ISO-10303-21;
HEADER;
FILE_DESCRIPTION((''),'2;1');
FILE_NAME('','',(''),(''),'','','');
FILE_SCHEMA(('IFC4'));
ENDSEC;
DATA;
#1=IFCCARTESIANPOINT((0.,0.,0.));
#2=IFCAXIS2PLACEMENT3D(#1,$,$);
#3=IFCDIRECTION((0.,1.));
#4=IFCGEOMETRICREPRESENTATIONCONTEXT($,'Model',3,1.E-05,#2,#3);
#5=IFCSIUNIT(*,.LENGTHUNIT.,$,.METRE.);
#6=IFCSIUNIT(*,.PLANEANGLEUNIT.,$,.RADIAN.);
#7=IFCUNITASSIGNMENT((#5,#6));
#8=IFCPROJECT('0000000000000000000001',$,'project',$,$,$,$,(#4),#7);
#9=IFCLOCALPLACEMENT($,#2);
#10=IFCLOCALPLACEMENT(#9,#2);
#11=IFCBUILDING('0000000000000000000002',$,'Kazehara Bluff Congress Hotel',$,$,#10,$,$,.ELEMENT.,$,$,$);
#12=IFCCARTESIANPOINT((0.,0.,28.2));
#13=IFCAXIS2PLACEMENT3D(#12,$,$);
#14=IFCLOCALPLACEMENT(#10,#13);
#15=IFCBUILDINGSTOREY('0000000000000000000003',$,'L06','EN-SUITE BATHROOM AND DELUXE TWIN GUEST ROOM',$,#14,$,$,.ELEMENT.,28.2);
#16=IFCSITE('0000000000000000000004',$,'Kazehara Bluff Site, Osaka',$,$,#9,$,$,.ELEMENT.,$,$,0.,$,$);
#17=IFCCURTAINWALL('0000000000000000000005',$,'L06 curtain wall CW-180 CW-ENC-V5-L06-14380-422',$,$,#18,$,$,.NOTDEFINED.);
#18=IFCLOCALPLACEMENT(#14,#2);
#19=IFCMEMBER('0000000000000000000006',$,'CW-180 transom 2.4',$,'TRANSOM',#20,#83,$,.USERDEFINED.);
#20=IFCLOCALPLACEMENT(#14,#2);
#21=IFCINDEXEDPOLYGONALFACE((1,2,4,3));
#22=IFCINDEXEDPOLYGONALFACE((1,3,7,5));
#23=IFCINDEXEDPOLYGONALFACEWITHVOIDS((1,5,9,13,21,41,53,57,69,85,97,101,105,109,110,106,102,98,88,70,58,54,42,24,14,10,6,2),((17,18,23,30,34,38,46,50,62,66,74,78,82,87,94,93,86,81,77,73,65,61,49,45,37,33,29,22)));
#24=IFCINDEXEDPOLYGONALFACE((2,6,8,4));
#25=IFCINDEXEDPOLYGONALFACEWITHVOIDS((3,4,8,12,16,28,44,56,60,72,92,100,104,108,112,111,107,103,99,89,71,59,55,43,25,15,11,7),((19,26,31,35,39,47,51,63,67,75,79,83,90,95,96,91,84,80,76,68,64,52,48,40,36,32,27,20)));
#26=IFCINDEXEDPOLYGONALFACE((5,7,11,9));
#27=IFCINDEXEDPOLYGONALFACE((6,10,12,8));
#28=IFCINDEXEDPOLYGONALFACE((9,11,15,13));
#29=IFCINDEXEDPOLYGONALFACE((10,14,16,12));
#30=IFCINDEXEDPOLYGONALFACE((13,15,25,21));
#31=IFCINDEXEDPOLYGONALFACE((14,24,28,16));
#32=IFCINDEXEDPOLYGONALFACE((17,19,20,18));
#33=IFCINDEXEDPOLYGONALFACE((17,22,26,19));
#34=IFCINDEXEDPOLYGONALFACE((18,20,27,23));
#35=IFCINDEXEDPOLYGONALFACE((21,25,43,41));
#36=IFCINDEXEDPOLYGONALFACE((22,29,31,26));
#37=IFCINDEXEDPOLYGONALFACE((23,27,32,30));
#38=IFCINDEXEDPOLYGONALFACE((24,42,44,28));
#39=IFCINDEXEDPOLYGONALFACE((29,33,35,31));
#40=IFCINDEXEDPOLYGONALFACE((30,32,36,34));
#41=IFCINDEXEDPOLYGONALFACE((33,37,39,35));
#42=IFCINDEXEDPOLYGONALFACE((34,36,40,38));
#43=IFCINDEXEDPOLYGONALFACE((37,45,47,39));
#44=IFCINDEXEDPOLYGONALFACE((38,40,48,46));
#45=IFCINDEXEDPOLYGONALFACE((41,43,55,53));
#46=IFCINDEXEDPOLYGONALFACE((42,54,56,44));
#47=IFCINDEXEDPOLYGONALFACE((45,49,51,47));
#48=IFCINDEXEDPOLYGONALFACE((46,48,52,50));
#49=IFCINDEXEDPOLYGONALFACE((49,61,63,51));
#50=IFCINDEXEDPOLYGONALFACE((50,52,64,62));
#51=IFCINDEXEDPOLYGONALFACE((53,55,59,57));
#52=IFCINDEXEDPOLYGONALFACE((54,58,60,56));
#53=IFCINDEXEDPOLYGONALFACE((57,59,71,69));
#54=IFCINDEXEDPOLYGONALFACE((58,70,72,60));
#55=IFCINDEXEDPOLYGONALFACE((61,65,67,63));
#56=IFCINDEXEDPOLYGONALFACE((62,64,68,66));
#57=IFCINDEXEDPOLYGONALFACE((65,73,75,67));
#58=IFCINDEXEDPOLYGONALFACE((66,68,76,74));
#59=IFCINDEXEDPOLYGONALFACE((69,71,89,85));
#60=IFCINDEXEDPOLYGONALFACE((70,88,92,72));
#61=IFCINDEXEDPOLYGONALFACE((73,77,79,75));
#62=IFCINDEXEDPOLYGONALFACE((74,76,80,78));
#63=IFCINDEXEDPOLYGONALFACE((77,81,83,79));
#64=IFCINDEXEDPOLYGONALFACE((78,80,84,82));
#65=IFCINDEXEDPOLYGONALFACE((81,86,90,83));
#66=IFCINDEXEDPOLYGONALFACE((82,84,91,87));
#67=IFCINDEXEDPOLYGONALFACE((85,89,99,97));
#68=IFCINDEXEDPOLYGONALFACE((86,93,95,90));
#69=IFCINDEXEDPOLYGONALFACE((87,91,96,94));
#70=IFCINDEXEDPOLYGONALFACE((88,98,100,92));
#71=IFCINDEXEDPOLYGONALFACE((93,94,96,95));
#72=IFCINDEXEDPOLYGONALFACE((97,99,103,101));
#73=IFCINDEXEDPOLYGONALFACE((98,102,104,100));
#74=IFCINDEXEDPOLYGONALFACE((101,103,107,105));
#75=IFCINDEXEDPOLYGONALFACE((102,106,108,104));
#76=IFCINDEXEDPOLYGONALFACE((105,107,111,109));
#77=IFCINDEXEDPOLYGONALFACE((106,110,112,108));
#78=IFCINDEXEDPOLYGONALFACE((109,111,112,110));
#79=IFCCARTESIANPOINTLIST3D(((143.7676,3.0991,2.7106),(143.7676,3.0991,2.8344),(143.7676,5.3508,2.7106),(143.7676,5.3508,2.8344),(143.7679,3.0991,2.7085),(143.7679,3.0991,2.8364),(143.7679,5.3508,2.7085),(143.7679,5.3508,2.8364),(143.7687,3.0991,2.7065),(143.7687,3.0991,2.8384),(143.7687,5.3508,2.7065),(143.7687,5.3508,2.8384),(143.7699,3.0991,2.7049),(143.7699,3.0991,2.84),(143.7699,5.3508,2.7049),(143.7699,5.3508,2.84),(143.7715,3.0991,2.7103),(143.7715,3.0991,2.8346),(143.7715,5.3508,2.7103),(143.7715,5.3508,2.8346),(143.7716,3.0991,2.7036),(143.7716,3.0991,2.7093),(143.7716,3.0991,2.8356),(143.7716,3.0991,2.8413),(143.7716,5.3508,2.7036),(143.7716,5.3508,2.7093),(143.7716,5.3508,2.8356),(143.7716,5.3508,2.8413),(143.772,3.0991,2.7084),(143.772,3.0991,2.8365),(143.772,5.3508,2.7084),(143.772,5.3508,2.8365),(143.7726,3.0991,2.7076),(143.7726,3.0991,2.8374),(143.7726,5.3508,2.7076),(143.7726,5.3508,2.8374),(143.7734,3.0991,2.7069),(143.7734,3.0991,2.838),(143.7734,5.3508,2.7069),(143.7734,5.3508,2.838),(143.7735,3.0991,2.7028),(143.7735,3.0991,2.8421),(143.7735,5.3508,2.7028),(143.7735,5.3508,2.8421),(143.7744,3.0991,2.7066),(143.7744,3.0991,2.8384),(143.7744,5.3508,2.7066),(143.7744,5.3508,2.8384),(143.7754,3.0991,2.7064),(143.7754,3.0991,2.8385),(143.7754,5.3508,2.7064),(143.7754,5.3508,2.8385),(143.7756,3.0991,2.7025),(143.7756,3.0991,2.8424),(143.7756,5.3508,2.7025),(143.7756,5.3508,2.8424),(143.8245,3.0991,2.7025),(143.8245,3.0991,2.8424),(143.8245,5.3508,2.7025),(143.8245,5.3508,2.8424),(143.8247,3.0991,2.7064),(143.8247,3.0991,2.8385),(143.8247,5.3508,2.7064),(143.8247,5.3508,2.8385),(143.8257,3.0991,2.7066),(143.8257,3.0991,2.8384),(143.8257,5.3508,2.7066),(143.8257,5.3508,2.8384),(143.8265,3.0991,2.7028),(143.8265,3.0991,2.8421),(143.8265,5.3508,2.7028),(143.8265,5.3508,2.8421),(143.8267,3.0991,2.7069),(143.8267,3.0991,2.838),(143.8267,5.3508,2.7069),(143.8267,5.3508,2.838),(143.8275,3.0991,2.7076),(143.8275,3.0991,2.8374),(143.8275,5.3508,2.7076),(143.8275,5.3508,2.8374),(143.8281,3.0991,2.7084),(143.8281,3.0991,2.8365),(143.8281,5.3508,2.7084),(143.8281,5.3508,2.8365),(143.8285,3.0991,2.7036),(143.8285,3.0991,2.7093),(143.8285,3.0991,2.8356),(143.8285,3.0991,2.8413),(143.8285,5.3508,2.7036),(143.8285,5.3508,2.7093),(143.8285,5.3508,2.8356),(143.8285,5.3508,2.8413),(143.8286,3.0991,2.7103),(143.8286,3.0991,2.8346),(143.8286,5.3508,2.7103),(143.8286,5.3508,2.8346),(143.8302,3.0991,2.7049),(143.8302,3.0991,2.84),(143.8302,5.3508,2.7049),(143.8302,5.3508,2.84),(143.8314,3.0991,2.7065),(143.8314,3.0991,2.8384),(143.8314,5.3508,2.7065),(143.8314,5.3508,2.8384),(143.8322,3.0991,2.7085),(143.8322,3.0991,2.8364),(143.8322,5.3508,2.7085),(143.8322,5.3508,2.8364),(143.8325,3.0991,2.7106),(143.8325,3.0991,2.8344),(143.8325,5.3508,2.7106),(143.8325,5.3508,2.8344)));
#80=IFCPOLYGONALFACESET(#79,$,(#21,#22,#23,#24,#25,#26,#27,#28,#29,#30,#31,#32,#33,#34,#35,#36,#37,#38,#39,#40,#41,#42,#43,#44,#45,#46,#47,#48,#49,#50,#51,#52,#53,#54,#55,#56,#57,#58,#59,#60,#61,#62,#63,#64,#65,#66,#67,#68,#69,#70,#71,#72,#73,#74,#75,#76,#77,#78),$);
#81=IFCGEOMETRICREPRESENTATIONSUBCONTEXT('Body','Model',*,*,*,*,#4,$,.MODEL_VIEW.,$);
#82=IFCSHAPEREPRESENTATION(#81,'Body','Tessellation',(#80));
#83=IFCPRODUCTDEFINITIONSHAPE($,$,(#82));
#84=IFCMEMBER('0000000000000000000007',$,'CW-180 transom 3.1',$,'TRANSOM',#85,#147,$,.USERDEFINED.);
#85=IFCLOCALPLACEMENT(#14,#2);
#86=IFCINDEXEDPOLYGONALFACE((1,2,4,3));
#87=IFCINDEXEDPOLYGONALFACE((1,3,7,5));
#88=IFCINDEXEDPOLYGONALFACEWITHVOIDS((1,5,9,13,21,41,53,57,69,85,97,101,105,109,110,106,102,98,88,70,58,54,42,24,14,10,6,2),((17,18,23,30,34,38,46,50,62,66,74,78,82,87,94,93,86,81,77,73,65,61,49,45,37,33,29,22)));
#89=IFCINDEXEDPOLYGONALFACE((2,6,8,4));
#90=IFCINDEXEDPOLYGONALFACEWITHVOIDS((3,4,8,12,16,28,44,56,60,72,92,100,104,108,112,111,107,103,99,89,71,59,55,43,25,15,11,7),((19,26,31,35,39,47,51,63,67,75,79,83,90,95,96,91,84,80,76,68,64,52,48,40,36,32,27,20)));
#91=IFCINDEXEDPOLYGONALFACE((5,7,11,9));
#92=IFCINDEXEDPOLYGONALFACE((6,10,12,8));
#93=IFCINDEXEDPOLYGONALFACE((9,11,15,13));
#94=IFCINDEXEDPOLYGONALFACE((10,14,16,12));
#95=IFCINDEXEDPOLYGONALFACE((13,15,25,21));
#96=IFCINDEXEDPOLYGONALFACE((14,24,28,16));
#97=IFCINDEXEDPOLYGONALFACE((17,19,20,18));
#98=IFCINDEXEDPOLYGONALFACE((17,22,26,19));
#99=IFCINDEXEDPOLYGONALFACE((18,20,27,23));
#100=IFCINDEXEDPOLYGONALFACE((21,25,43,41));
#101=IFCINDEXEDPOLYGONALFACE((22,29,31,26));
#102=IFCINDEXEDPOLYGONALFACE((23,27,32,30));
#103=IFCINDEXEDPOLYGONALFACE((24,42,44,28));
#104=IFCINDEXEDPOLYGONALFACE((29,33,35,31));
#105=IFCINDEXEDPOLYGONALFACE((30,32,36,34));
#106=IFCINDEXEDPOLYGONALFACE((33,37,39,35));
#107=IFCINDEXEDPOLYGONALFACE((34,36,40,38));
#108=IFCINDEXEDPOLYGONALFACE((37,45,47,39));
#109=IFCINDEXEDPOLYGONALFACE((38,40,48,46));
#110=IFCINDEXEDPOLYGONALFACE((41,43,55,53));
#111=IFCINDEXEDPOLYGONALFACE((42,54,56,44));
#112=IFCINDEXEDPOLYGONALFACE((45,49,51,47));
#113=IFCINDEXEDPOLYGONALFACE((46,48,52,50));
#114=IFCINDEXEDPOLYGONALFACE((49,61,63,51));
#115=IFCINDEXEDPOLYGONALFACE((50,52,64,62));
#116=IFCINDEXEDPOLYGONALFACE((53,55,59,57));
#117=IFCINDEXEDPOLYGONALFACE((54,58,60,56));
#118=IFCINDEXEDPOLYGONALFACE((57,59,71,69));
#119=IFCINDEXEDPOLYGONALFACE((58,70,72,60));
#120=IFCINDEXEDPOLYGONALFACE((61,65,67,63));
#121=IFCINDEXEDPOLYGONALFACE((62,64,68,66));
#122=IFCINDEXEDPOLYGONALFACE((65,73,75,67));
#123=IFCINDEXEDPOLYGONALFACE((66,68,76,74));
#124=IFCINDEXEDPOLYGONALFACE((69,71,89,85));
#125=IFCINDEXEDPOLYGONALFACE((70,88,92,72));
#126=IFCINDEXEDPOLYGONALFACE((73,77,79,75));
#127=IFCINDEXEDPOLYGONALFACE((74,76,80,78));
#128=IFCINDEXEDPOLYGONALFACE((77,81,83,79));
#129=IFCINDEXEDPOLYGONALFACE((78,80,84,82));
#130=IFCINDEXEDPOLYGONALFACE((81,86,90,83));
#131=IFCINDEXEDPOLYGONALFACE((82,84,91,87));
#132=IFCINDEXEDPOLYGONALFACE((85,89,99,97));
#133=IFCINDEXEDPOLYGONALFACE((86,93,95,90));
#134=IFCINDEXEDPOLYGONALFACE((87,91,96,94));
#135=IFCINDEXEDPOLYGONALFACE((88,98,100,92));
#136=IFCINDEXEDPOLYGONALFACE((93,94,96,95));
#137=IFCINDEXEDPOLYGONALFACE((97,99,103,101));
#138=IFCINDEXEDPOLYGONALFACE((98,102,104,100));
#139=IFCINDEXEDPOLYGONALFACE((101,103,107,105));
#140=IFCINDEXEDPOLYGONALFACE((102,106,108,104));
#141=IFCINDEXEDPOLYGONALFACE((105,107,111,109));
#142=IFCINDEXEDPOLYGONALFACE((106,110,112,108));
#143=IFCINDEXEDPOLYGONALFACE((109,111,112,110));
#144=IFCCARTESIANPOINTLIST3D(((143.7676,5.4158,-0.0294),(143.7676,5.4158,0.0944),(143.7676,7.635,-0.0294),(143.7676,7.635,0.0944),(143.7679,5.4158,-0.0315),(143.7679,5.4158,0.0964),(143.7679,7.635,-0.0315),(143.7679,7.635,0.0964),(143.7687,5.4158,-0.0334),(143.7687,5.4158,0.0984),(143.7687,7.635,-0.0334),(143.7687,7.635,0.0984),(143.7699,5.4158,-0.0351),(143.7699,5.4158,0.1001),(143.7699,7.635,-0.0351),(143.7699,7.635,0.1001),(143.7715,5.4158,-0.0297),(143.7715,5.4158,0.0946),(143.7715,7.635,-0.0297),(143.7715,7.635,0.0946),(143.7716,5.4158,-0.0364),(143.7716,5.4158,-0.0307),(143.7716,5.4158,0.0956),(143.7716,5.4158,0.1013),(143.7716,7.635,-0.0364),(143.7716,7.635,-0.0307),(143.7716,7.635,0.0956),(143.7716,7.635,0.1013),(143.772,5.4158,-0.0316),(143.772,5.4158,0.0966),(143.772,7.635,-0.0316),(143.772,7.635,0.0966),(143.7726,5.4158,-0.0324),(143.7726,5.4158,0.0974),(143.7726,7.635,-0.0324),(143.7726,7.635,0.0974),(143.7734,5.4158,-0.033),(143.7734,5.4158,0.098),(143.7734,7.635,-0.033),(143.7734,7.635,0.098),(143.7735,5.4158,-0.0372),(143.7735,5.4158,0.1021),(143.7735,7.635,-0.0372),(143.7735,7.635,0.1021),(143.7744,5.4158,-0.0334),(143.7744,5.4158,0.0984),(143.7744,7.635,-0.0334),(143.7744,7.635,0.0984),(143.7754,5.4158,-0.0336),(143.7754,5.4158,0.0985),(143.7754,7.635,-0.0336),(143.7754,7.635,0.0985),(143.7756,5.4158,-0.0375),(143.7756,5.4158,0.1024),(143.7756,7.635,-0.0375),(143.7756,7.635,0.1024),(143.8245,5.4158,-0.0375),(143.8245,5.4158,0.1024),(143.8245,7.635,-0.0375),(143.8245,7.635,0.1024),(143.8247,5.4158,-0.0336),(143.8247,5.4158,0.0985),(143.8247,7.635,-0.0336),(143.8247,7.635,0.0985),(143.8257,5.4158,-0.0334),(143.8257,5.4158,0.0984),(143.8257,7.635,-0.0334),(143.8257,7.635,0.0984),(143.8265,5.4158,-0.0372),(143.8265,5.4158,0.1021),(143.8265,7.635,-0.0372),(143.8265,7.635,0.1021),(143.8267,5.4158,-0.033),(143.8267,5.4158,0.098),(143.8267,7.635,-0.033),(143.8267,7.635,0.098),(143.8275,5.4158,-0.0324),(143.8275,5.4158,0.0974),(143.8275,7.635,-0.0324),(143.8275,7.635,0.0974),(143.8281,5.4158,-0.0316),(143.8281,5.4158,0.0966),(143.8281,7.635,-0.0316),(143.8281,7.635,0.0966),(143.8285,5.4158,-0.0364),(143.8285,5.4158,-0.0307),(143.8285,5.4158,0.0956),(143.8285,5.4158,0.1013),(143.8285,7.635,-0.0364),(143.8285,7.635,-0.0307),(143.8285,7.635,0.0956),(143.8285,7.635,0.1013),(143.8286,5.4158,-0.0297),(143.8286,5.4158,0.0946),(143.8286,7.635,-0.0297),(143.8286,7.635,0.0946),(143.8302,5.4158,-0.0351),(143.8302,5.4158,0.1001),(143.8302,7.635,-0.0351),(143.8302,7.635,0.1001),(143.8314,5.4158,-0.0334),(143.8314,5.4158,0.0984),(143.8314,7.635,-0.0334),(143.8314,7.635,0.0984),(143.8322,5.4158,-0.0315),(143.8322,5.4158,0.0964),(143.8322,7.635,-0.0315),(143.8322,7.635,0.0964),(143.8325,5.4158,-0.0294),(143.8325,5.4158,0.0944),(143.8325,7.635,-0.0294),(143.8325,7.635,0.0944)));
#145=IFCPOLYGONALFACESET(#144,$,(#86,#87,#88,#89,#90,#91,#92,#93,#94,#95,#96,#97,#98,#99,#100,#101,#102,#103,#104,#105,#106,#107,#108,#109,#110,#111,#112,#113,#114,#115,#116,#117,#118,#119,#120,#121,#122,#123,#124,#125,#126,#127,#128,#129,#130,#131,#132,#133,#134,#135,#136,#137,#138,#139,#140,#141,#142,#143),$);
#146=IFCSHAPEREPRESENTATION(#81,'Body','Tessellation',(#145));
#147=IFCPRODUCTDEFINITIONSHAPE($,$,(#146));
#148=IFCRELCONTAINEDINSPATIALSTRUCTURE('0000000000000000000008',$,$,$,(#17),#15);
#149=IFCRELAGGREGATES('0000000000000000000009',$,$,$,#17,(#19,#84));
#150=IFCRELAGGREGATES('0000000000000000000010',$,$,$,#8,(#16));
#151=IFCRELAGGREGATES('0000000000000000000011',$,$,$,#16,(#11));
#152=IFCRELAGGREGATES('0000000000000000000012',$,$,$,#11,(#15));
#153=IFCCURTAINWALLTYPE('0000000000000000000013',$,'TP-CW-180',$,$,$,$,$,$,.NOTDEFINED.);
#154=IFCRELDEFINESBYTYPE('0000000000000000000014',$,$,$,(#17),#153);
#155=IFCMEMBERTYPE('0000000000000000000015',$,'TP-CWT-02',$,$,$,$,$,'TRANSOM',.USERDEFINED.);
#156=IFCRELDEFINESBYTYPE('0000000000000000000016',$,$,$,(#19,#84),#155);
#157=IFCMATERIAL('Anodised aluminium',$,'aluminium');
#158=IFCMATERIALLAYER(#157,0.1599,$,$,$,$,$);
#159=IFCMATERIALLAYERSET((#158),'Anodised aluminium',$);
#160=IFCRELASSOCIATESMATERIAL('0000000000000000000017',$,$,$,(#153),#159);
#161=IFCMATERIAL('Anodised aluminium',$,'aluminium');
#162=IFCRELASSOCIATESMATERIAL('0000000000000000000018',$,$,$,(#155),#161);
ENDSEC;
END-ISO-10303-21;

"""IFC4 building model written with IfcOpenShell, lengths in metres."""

from ifc_helpers import new_model, si_unit, direction, frame, origin, origin_2d, place, context, subcontext, project, spatial, hollow_rectangle, extrude, material, layer, layer_set, material_profile, profile_set, type_object, element, aggregate, save


model = new_model("IFC4")

# Units and contexts
model_context = context("Model", 3, precision=1e-05, world=origin(), true_north=direction((0.0, 1.0)))
body_context = subcontext(model_context, "Body", "Model", "MODEL_VIEW")
ifc_project = project(units=[si_unit("LENGTHUNIT", "METRE"), si_unit("PLANEANGLEUNIT", "RADIAN")], contexts=[model_context])

# Site, building, storey
site_placement = place(None, origin())
site = spatial("IfcSite", under=ifc_project, at=site_placement, Name="Kazehara Bluff Site, Osaka", CompositionType="ELEMENT", RefElevation=0.0)
building_placement = place(site_placement, origin())
building = spatial("IfcBuilding", under=site, at=building_placement, Name="Kazehara Bluff Congress Hotel", CompositionType="ELEMENT")
storey_placement = place(building_placement, frame((0.0, 0.0, 28.2)))
storey = spatial("IfcBuildingStorey", under=building, at=storey_placement, Name="L06", Description="EN-SUITE BATHROOM AND DELUXE TWIN GUEST ROOM", CompositionType="ELEMENT", Elevation=28.2)

# Curtain wall, members
ifc_material_1 = material(Name="Anodised aluminium", Category="aluminium")
ifc_layer_1 = layer(ifc_material_1, 0.1599)
ifc_layer_set_1 = layer_set([ifc_layer_1], Name="Anodised aluminium")
curtain_wall_type = type_object("IfcCurtainWallType", Name="TP-CW-180", PredefinedType="NOTDEFINED", material=ifc_layer_set_1)
curtain_wall_placement = place(storey_placement, origin())
curtain_wall = element("IfcCurtainWall", 1, at=curtain_wall_placement, inside=storey, type_object=curtain_wall_type, Name="L06 curtain wall CW-180 CW-ENC-V5-L06-14380-422", PredefinedType="NOTDEFINED")
ifc_material_2 = material(Name="Anodised aluminium", Category="aluminium")
ifc_material_profile_1 = material_profile(ifc_material_2, hollow_rectangle(XDim=0.0649, YDim=0.1399, WallThickness=0.0039, InnerFilletRadius=0.0039, OuterFilletRadius=0.0081, at=origin_2d()))
ifc_profile_set_1 = profile_set([ifc_material_profile_1], Name="Anodised aluminium")
member_type_1 = type_object("IfcMemberType", Name="TP-CWT-02", ElementType="TRANSOM", PredefinedType="USERDEFINED", material=ifc_profile_set_1)
member_1_placement = place(storey_placement, frame((143.8, 3.0991, 2.7725), z_axis=(0.0, 1.0, 0.0), x_axis=(-1.0, 0.0, 0.0)))
member_1 = element("IfcMember", 2, at=member_1_placement, type_object=member_type_1, Name="CW-180 transom 2.4", ObjectType="TRANSOM", PredefinedType="USERDEFINED", context=body_context, shape_type="SweptSolid", body=[
    extrude(hollow_rectangle(XDim=0.0649, YDim=0.1399, WallThickness=0.0039, InnerFilletRadius=0.0039, OuterFilletRadius=0.0081, at=origin_2d()), origin(), (0.0, 0.0, 1.0), 2.2517),
])
member_2_placement = place(storey_placement, frame((143.8, 5.4158, 0.0325), z_axis=(0.0, 1.0, 0.0), x_axis=(-1.0, 0.0, 0.0)))
member_2 = element("IfcMember", 3, at=member_2_placement, type_object=member_type_1, Name="CW-180 transom 3.1", ObjectType="TRANSOM", PredefinedType="USERDEFINED", context=body_context, shape_type="SweptSolid", body=[
    extrude(hollow_rectangle(XDim=0.0649, YDim=0.1399, WallThickness=0.0039, InnerFilletRadius=0.0039, OuterFilletRadius=0.0081, at=origin_2d()), origin(), (0.0, 0.0, 1.0), 2.2192),
])
aggregate(curtain_wall, [member_1, member_2])

save(model, "model.ifc")
